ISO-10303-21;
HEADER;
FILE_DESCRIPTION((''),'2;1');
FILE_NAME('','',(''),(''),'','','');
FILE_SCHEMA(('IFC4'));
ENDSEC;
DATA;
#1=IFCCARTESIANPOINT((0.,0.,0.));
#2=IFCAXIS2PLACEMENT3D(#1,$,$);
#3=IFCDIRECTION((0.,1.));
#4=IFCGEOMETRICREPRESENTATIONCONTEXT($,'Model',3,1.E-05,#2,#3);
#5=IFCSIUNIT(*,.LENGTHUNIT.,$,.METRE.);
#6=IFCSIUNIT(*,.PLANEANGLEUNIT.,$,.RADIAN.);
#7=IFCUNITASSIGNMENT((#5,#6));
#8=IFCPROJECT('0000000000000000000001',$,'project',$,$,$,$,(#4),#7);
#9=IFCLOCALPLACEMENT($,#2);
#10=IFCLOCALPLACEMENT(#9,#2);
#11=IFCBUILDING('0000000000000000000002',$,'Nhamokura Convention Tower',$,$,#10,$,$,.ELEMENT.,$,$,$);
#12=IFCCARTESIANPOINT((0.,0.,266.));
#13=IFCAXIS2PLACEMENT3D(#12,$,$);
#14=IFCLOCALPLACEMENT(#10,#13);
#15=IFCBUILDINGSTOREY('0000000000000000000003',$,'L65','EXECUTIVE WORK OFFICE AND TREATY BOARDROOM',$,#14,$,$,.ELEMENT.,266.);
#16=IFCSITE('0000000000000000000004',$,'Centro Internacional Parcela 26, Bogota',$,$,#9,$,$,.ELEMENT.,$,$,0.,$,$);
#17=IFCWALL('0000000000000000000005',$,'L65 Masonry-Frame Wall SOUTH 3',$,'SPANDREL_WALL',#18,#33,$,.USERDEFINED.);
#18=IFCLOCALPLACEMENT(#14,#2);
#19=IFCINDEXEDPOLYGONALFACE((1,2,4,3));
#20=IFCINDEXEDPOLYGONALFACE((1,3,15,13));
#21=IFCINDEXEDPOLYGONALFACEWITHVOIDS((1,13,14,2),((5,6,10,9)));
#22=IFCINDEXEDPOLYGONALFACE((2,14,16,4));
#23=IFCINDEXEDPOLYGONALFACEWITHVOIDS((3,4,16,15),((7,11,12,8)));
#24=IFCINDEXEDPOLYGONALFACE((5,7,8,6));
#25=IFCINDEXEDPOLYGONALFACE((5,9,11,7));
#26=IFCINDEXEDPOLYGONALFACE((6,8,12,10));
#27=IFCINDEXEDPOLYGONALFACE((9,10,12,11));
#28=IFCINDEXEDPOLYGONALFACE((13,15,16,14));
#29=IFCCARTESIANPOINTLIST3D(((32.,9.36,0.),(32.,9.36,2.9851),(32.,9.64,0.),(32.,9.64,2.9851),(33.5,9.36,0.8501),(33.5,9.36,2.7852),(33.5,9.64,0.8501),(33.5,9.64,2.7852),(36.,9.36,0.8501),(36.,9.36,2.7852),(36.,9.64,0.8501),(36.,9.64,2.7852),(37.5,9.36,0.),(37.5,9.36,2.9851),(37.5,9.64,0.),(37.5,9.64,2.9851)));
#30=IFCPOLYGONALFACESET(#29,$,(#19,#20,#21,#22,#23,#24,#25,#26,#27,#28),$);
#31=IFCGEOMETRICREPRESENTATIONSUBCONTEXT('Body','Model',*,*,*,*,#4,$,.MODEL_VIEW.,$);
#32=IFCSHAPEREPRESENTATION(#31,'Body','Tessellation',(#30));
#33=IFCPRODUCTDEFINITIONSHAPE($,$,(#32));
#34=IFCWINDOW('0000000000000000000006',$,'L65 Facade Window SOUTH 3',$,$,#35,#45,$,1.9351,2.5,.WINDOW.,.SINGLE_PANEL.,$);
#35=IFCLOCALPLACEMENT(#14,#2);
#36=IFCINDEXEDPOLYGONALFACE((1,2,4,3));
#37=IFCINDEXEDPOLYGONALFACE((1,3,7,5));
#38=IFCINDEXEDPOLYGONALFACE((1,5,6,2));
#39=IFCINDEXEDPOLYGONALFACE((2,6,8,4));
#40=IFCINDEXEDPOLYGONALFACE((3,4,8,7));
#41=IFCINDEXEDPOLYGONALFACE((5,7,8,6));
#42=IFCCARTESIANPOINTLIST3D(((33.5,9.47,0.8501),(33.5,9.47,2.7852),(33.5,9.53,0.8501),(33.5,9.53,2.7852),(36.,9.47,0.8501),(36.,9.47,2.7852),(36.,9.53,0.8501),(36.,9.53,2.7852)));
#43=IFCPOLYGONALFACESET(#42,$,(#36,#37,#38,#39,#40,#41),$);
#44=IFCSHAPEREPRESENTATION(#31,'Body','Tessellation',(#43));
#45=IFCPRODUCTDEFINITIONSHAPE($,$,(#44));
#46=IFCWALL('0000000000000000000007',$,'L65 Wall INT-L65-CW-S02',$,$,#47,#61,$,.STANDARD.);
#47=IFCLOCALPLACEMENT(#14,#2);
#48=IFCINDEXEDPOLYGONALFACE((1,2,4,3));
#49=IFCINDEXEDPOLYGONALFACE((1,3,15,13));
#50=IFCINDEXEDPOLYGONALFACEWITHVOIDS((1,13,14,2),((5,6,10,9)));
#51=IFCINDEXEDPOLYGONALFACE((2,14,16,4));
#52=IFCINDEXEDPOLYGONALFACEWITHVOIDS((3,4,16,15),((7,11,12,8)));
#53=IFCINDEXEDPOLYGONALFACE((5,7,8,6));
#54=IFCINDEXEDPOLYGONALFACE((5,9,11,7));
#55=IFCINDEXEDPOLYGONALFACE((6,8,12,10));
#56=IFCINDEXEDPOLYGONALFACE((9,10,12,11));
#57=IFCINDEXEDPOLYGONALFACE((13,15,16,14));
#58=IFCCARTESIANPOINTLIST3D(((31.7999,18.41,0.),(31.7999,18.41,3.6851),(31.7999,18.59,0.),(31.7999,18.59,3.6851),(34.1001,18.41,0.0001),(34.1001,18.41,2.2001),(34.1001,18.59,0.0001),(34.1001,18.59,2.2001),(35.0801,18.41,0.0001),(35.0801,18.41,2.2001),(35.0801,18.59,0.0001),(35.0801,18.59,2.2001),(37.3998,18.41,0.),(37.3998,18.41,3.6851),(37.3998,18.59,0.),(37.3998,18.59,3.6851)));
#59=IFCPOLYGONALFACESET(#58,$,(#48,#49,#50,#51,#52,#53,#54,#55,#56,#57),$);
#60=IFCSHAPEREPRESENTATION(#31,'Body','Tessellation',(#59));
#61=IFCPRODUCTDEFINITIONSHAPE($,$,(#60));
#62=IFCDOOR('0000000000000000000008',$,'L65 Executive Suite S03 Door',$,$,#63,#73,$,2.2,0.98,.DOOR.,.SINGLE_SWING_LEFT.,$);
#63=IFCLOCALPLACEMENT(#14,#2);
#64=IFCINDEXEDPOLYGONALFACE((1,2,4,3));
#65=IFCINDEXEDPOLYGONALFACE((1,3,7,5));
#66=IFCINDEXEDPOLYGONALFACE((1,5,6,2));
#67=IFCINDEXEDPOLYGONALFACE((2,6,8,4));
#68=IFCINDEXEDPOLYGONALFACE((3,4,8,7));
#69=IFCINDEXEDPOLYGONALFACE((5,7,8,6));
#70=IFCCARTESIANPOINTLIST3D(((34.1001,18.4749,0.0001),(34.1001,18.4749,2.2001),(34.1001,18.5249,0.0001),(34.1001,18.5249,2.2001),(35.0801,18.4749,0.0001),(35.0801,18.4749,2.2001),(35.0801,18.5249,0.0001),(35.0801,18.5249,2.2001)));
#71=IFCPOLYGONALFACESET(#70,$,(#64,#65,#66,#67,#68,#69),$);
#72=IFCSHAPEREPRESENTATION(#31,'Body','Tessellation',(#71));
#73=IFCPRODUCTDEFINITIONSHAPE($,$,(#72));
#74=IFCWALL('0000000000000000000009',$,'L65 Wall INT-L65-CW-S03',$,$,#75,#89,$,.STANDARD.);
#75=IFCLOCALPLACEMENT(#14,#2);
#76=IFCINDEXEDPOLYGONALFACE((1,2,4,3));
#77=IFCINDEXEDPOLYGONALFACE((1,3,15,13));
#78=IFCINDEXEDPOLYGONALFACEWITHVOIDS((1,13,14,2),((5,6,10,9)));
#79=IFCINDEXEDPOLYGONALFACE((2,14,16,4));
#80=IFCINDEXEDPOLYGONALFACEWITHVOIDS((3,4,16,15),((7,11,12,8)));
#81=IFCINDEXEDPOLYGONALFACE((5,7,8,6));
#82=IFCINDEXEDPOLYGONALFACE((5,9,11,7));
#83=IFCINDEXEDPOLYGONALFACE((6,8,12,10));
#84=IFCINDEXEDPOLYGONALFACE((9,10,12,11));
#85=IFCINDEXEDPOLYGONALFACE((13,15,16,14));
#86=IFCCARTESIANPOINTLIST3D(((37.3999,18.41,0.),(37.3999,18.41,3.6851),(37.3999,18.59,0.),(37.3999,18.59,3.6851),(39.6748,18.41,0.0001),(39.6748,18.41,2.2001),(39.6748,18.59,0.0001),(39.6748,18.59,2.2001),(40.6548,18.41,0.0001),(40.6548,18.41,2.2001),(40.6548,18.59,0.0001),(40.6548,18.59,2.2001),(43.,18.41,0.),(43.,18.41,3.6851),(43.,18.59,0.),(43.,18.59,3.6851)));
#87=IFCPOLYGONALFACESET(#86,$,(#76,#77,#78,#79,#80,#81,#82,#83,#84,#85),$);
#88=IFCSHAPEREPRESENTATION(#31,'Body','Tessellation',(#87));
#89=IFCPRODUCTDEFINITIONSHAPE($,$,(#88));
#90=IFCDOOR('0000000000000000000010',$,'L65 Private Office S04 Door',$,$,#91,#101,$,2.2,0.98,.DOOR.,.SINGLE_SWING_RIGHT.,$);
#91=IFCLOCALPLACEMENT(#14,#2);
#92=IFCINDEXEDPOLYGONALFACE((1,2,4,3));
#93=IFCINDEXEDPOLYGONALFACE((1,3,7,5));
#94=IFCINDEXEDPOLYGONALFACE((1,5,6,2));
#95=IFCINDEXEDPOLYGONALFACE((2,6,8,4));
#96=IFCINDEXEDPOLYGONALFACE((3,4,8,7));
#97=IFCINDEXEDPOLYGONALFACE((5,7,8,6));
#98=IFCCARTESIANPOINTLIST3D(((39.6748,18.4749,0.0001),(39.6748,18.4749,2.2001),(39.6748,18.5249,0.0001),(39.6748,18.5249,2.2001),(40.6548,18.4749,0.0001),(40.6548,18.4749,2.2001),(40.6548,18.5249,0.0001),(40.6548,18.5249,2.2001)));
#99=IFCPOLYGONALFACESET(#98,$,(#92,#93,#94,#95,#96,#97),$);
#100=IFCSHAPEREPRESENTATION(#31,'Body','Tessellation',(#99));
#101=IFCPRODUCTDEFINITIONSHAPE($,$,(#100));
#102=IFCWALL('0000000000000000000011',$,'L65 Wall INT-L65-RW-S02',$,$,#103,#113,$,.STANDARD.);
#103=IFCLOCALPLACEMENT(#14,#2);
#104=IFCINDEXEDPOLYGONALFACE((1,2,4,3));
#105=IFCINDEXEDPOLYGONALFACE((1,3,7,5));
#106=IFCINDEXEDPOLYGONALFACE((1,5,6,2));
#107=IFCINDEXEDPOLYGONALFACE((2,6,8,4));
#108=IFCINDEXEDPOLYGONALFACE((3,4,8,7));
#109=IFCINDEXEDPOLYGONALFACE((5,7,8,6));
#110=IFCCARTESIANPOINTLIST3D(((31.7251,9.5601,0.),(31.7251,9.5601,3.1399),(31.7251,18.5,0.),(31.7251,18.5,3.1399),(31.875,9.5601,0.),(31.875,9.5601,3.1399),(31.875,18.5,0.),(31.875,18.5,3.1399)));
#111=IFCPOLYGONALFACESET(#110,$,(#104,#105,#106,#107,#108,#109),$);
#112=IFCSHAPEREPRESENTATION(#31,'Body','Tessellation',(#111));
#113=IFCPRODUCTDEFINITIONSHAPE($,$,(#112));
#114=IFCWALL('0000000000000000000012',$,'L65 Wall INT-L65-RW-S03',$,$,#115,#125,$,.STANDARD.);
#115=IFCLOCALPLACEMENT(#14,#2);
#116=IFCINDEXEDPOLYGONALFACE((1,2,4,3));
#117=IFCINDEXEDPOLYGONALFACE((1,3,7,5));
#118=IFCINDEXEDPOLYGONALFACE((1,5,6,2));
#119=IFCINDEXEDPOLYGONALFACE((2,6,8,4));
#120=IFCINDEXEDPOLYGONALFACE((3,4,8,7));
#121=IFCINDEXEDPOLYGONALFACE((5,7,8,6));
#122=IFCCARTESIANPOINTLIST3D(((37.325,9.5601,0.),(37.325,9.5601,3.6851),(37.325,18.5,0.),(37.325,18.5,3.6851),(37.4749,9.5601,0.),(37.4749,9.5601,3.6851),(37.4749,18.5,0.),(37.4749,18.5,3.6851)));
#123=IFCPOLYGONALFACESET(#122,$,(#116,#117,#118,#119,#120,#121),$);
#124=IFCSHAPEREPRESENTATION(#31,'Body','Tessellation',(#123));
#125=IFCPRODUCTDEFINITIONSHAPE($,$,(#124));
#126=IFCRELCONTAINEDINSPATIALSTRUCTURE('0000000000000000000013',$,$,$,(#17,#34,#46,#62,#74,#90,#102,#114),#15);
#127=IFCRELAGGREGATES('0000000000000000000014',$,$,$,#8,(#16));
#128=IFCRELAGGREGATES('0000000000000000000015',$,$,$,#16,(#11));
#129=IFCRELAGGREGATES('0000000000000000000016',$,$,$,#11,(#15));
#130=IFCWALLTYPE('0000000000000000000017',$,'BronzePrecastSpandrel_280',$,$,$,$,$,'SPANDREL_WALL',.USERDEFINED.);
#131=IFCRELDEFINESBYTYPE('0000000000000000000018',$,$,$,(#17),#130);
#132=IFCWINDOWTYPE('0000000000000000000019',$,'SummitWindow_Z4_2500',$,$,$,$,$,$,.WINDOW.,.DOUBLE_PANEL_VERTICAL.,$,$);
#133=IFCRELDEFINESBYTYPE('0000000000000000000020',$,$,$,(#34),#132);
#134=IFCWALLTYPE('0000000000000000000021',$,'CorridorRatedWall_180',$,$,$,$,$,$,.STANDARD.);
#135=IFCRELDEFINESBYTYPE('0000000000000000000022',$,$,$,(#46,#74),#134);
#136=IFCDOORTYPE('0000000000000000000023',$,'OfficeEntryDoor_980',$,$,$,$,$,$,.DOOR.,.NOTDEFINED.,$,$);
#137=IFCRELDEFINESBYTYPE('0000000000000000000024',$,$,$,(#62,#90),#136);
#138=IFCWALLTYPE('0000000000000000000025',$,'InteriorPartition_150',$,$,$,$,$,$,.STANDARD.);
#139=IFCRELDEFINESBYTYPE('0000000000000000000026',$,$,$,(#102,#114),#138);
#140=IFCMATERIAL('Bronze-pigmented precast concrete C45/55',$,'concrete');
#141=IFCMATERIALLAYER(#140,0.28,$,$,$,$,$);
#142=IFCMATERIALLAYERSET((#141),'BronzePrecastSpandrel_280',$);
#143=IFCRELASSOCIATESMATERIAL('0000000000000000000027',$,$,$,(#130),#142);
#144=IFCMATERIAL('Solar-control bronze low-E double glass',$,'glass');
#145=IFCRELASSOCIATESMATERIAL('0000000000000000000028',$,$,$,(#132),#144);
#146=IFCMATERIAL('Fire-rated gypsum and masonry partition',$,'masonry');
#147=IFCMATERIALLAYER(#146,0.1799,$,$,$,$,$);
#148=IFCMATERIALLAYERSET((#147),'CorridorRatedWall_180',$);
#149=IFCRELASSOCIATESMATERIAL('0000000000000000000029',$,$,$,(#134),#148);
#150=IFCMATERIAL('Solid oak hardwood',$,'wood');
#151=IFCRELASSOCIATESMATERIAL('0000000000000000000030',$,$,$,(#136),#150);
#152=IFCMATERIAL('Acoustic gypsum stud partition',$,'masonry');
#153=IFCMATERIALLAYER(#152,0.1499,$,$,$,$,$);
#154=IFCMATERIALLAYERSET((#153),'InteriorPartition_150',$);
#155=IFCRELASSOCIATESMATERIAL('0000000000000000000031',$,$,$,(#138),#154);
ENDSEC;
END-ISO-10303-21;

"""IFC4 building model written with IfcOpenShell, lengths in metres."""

from ifc_helpers import new_model, si_unit, direction, frame, frame_2d, origin, place, context, subcontext, project, spatial, rectangle, extrude, material, layer, layer_set, type_object, element, fill, save


model = new_model("IFC4")

# Units and contexts
model_context = context("Model", 3, precision=1e-05, world=origin(), true_north=direction((0.0, 1.0)))
body_context = subcontext(model_context, "Body", "Model", "MODEL_VIEW")
ifc_project = project(units=[si_unit("LENGTHUNIT", "METRE"), si_unit("PLANEANGLEUNIT", "RADIAN")], contexts=[model_context])

# Site, building, storey
site_placement = place(None, origin())
site = spatial("IfcSite", under=ifc_project, at=site_placement, Name="Centro Internacional Parcela 26, Bogota", CompositionType="ELEMENT", RefElevation=0.0)
building_placement = place(site_placement, origin())
building = spatial("IfcBuilding", under=site, at=building_placement, Name="Nhamokura Convention Tower", CompositionType="ELEMENT")
storey_placement = place(building_placement, frame((0.0, 0.0, 266.0)))
storey = spatial("IfcBuildingStorey", under=building, at=storey_placement, Name="L65", Description="EXECUTIVE WORK OFFICE AND TREATY BOARDROOM", CompositionType="ELEMENT", Elevation=266.0)

# Wall, opening, window
ifc_material_1 = material(Name="Bronze-pigmented precast concrete C45/55", Category="concrete")
ifc_layer_1 = layer(ifc_material_1, 0.28)
ifc_layer_set_1 = layer_set([ifc_layer_1], Name="BronzePrecastSpandrel_280")
wall_type_1 = type_object("IfcWallType", Name="BronzePrecastSpandrel_280", ElementType="SPANDREL_WALL", PredefinedType="USERDEFINED", material=ifc_layer_set_1)
ifc_material_2 = material(Name="Solar-control bronze low-E double glass", Category="glass")
window_type = type_object("IfcWindowType", Name="SummitWindow_Z4_2500", PartitioningType="DOUBLE_PANEL_VERTICAL", PredefinedType="WINDOW", material=ifc_material_2)
wall_1_placement = place(storey_placement, frame((37.5, 9.5, 0.0), z_axis=(0.0, 0.0, 1.0), x_axis=(-1.0, 0.0, 0.0)))
wall_1 = element("IfcWall", 1, at=wall_1_placement, inside=storey, type_object=wall_type_1, Name="L65 Masonry-Frame Wall SOUTH 3", ObjectType="SPANDREL_WALL", PredefinedType="USERDEFINED", context=body_context, shape_type="SweptSolid", body=[
    extrude(rectangle(XDim=5.5, YDim=0.28, at=frame_2d((2.75, 0.0))), origin(), (0.0, 0.0, 1.0), 2.9851),
])
opening_1_placement = place(wall_1_placement, frame((1.5, 0.0, 0.8501)))
opening_1 = element("IfcOpeningElement", 2, at=opening_1_placement, cuts=wall_1, PredefinedType="OPENING", context=body_context, shape_type="SweptSolid", body=[
    extrude(rectangle(XDim=2.5, YDim=1.9351, at=frame_2d((1.25, 0.9675))), frame((0.0, 0.1499, 0.0), z_axis=(0.0, -1.0, 0.0), x_axis=(1.0, 0.0, 0.0)), (0.0, 0.0, 1.0), 0.3),
])
window_1_placement = place(opening_1_placement, origin())
window_1 = element("IfcWindow", 3, at=window_1_placement, inside=storey, type_object=window_type, Name="L65 Facade Window SOUTH 3", OverallHeight=1.9351, OverallWidth=2.5, PartitioningType="SINGLE_PANEL", PredefinedType="WINDOW", context=body_context, shape_type="SweptSolid", body=[
    extrude(rectangle(XDim=2.5, YDim=1.9351, at=frame_2d((1.25, 0.9675))), frame((0.0, 0.03, 0.0), z_axis=(0.0, -1.0, 0.0), x_axis=(1.0, 0.0, 0.0)), (0.0, 0.0, 1.0), 0.0601),
])
fill(opening_1, window_1)

# Walls, openings, doors
ifc_material_3 = material(Name="Fire-rated gypsum and masonry partition", Category="masonry")
ifc_layer_2 = layer(ifc_material_3, 0.1799)
ifc_layer_set_2 = layer_set([ifc_layer_2], Name="CorridorRatedWall_180")
wall_type_2 = type_object("IfcWallType", Name="CorridorRatedWall_180", PredefinedType="STANDARD", material=ifc_layer_set_2)
wall_2_placement = place(storey_placement, frame((31.8, 18.5, 0.0), z_axis=(0.0, 0.0, 1.0), x_axis=(1.0, 0.0, 0.0)))
wall_2 = element("IfcWall", 4, at=wall_2_placement, inside=storey, type_object=wall_type_2, Name="L65 Wall INT-L65-CW-S02", PredefinedType="STANDARD", context=body_context, shape_type="SweptSolid", body=[
    extrude(rectangle(XDim=5.5999, YDim=0.1799, at=frame_2d((2.7998, 0.0))), origin(), (0.0, 0.0, 1.0), 3.6851),
])
opening_2_placement = place(wall_2_placement, frame((2.3, 0.0, 0.0)))
opening_2 = element("IfcOpeningElement", 5, at=opening_2_placement, cuts=wall_2, PredefinedType="OPENING", context=body_context, shape_type="SweptSolid", body=[
    extrude(rectangle(XDim=0.98, YDim=2.2, at=frame_2d((0.49, 1.1001))), frame((0.0, 0.0999, 0.0), z_axis=(0.0, -1.0, 0.0), x_axis=(1.0, 0.0, 0.0)), (0.0, 0.0, 1.0), 0.2),
])
ifc_material_4 = material(Name="Solid oak hardwood", Category="wood")
door_type = type_object("IfcDoorType", Name="OfficeEntryDoor_980", OperationType="NOTDEFINED", PredefinedType="DOOR", material=ifc_material_4)
door_1_placement = place(opening_2_placement, origin())
door_1 = element("IfcDoor", 6, at=door_1_placement, inside=storey, type_object=door_type, Name="L65 Executive Suite S03 Door", OperationType="SINGLE_SWING_LEFT", OverallHeight=2.2, OverallWidth=0.98, PredefinedType="DOOR", context=body_context, shape_type="SweptSolid", body=[
    extrude(rectangle(XDim=0.98, YDim=2.2, at=frame_2d((0.49, 1.1001))), frame((0.0, 0.0249, 0.0), z_axis=(0.0, -1.0, 0.0), x_axis=(1.0, 0.0, 0.0)), (0.0, 0.0, 1.0), 0.05),
])
fill(opening_2, door_1)
wall_3_placement = place(storey_placement, frame((37.3999, 18.5, 0.0), z_axis=(0.0, 0.0, 1.0), x_axis=(1.0, 0.0, 0.0)))
wall_3 = element("IfcWall", 7, at=wall_3_placement, inside=storey, type_object=wall_type_2, Name="L65 Wall INT-L65-CW-S03", PredefinedType="STANDARD", context=body_context, shape_type="SweptSolid", body=[
    extrude(rectangle(XDim=5.6001, YDim=0.1799, at=frame_2d((2.8, 0.0))), origin(), (0.0, 0.0, 1.0), 3.6851),
])
opening_3_placement = place(wall_3_placement, frame((2.2749, 0.0, 0.0)))
opening_3 = element("IfcOpeningElement", 8, at=opening_3_placement, cuts=wall_3, PredefinedType="OPENING", context=body_context, shape_type="SweptSolid", body=[
    extrude(rectangle(XDim=0.98, YDim=2.2, at=frame_2d((0.49, 1.1001))), frame((0.0, 0.0999, 0.0), z_axis=(0.0, -1.0, 0.0), x_axis=(1.0, 0.0, 0.0)), (0.0, 0.0, 1.0), 0.2),
])
door_2_placement = place(opening_3_placement, origin())
door_2 = element("IfcDoor", 9, at=door_2_placement, inside=storey, type_object=door_type, Name="L65 Private Office S04 Door", OperationType="SINGLE_SWING_RIGHT", OverallHeight=2.2, OverallWidth=0.98, PredefinedType="DOOR", context=body_context, shape_type="SweptSolid", body=[
    extrude(rectangle(XDim=0.98, YDim=2.2, at=frame_2d((0.49, 1.1001))), frame((0.0, 0.0249, 0.0), z_axis=(0.0, -1.0, 0.0), x_axis=(1.0, 0.0, 0.0)), (0.0, 0.0, 1.0), 0.05),
])
fill(opening_3, door_2)

# Walls
ifc_material_5 = material(Name="Acoustic gypsum stud partition", Category="masonry")
ifc_layer_3 = layer(ifc_material_5, 0.1499)
ifc_layer_set_3 = layer_set([ifc_layer_3], Name="InteriorPartition_150")
wall_type_3 = type_object("IfcWallType", Name="InteriorPartition_150", PredefinedType="STANDARD", material=ifc_layer_set_3)
wall_4_placement = place(storey_placement, frame((31.8, 9.5601, 0.0), z_axis=(0.0, 0.0, 1.0), x_axis=(0.0, 1.0, 0.0)))
element("IfcWall", 10, at=wall_4_placement, inside=storey, type_object=wall_type_3, Name="L65 Wall INT-L65-RW-S02", PredefinedType="STANDARD", context=body_context, shape_type="SweptSolid", body=[
    extrude(rectangle(XDim=8.9399, YDim=0.1499, at=frame_2d((4.47, 0.0))), origin(), (0.0, 0.0, 1.0), 3.1399),
])
wall_5_placement = place(storey_placement, frame((37.3999, 9.5601, 0.0), z_axis=(0.0, 0.0, 1.0), x_axis=(0.0, 1.0, 0.0)))
element("IfcWall", 11, at=wall_5_placement, inside=storey, type_object=wall_type_3, Name="L65 Wall INT-L65-RW-S03", PredefinedType="STANDARD", context=body_context, shape_type="SweptSolid", body=[
    extrude(rectangle(XDim=8.9399, YDim=0.1499, at=frame_2d((4.47, 0.0))), origin(), (0.0, 0.0, 1.0), 3.6851),
])

save(model, "model.ifc")
